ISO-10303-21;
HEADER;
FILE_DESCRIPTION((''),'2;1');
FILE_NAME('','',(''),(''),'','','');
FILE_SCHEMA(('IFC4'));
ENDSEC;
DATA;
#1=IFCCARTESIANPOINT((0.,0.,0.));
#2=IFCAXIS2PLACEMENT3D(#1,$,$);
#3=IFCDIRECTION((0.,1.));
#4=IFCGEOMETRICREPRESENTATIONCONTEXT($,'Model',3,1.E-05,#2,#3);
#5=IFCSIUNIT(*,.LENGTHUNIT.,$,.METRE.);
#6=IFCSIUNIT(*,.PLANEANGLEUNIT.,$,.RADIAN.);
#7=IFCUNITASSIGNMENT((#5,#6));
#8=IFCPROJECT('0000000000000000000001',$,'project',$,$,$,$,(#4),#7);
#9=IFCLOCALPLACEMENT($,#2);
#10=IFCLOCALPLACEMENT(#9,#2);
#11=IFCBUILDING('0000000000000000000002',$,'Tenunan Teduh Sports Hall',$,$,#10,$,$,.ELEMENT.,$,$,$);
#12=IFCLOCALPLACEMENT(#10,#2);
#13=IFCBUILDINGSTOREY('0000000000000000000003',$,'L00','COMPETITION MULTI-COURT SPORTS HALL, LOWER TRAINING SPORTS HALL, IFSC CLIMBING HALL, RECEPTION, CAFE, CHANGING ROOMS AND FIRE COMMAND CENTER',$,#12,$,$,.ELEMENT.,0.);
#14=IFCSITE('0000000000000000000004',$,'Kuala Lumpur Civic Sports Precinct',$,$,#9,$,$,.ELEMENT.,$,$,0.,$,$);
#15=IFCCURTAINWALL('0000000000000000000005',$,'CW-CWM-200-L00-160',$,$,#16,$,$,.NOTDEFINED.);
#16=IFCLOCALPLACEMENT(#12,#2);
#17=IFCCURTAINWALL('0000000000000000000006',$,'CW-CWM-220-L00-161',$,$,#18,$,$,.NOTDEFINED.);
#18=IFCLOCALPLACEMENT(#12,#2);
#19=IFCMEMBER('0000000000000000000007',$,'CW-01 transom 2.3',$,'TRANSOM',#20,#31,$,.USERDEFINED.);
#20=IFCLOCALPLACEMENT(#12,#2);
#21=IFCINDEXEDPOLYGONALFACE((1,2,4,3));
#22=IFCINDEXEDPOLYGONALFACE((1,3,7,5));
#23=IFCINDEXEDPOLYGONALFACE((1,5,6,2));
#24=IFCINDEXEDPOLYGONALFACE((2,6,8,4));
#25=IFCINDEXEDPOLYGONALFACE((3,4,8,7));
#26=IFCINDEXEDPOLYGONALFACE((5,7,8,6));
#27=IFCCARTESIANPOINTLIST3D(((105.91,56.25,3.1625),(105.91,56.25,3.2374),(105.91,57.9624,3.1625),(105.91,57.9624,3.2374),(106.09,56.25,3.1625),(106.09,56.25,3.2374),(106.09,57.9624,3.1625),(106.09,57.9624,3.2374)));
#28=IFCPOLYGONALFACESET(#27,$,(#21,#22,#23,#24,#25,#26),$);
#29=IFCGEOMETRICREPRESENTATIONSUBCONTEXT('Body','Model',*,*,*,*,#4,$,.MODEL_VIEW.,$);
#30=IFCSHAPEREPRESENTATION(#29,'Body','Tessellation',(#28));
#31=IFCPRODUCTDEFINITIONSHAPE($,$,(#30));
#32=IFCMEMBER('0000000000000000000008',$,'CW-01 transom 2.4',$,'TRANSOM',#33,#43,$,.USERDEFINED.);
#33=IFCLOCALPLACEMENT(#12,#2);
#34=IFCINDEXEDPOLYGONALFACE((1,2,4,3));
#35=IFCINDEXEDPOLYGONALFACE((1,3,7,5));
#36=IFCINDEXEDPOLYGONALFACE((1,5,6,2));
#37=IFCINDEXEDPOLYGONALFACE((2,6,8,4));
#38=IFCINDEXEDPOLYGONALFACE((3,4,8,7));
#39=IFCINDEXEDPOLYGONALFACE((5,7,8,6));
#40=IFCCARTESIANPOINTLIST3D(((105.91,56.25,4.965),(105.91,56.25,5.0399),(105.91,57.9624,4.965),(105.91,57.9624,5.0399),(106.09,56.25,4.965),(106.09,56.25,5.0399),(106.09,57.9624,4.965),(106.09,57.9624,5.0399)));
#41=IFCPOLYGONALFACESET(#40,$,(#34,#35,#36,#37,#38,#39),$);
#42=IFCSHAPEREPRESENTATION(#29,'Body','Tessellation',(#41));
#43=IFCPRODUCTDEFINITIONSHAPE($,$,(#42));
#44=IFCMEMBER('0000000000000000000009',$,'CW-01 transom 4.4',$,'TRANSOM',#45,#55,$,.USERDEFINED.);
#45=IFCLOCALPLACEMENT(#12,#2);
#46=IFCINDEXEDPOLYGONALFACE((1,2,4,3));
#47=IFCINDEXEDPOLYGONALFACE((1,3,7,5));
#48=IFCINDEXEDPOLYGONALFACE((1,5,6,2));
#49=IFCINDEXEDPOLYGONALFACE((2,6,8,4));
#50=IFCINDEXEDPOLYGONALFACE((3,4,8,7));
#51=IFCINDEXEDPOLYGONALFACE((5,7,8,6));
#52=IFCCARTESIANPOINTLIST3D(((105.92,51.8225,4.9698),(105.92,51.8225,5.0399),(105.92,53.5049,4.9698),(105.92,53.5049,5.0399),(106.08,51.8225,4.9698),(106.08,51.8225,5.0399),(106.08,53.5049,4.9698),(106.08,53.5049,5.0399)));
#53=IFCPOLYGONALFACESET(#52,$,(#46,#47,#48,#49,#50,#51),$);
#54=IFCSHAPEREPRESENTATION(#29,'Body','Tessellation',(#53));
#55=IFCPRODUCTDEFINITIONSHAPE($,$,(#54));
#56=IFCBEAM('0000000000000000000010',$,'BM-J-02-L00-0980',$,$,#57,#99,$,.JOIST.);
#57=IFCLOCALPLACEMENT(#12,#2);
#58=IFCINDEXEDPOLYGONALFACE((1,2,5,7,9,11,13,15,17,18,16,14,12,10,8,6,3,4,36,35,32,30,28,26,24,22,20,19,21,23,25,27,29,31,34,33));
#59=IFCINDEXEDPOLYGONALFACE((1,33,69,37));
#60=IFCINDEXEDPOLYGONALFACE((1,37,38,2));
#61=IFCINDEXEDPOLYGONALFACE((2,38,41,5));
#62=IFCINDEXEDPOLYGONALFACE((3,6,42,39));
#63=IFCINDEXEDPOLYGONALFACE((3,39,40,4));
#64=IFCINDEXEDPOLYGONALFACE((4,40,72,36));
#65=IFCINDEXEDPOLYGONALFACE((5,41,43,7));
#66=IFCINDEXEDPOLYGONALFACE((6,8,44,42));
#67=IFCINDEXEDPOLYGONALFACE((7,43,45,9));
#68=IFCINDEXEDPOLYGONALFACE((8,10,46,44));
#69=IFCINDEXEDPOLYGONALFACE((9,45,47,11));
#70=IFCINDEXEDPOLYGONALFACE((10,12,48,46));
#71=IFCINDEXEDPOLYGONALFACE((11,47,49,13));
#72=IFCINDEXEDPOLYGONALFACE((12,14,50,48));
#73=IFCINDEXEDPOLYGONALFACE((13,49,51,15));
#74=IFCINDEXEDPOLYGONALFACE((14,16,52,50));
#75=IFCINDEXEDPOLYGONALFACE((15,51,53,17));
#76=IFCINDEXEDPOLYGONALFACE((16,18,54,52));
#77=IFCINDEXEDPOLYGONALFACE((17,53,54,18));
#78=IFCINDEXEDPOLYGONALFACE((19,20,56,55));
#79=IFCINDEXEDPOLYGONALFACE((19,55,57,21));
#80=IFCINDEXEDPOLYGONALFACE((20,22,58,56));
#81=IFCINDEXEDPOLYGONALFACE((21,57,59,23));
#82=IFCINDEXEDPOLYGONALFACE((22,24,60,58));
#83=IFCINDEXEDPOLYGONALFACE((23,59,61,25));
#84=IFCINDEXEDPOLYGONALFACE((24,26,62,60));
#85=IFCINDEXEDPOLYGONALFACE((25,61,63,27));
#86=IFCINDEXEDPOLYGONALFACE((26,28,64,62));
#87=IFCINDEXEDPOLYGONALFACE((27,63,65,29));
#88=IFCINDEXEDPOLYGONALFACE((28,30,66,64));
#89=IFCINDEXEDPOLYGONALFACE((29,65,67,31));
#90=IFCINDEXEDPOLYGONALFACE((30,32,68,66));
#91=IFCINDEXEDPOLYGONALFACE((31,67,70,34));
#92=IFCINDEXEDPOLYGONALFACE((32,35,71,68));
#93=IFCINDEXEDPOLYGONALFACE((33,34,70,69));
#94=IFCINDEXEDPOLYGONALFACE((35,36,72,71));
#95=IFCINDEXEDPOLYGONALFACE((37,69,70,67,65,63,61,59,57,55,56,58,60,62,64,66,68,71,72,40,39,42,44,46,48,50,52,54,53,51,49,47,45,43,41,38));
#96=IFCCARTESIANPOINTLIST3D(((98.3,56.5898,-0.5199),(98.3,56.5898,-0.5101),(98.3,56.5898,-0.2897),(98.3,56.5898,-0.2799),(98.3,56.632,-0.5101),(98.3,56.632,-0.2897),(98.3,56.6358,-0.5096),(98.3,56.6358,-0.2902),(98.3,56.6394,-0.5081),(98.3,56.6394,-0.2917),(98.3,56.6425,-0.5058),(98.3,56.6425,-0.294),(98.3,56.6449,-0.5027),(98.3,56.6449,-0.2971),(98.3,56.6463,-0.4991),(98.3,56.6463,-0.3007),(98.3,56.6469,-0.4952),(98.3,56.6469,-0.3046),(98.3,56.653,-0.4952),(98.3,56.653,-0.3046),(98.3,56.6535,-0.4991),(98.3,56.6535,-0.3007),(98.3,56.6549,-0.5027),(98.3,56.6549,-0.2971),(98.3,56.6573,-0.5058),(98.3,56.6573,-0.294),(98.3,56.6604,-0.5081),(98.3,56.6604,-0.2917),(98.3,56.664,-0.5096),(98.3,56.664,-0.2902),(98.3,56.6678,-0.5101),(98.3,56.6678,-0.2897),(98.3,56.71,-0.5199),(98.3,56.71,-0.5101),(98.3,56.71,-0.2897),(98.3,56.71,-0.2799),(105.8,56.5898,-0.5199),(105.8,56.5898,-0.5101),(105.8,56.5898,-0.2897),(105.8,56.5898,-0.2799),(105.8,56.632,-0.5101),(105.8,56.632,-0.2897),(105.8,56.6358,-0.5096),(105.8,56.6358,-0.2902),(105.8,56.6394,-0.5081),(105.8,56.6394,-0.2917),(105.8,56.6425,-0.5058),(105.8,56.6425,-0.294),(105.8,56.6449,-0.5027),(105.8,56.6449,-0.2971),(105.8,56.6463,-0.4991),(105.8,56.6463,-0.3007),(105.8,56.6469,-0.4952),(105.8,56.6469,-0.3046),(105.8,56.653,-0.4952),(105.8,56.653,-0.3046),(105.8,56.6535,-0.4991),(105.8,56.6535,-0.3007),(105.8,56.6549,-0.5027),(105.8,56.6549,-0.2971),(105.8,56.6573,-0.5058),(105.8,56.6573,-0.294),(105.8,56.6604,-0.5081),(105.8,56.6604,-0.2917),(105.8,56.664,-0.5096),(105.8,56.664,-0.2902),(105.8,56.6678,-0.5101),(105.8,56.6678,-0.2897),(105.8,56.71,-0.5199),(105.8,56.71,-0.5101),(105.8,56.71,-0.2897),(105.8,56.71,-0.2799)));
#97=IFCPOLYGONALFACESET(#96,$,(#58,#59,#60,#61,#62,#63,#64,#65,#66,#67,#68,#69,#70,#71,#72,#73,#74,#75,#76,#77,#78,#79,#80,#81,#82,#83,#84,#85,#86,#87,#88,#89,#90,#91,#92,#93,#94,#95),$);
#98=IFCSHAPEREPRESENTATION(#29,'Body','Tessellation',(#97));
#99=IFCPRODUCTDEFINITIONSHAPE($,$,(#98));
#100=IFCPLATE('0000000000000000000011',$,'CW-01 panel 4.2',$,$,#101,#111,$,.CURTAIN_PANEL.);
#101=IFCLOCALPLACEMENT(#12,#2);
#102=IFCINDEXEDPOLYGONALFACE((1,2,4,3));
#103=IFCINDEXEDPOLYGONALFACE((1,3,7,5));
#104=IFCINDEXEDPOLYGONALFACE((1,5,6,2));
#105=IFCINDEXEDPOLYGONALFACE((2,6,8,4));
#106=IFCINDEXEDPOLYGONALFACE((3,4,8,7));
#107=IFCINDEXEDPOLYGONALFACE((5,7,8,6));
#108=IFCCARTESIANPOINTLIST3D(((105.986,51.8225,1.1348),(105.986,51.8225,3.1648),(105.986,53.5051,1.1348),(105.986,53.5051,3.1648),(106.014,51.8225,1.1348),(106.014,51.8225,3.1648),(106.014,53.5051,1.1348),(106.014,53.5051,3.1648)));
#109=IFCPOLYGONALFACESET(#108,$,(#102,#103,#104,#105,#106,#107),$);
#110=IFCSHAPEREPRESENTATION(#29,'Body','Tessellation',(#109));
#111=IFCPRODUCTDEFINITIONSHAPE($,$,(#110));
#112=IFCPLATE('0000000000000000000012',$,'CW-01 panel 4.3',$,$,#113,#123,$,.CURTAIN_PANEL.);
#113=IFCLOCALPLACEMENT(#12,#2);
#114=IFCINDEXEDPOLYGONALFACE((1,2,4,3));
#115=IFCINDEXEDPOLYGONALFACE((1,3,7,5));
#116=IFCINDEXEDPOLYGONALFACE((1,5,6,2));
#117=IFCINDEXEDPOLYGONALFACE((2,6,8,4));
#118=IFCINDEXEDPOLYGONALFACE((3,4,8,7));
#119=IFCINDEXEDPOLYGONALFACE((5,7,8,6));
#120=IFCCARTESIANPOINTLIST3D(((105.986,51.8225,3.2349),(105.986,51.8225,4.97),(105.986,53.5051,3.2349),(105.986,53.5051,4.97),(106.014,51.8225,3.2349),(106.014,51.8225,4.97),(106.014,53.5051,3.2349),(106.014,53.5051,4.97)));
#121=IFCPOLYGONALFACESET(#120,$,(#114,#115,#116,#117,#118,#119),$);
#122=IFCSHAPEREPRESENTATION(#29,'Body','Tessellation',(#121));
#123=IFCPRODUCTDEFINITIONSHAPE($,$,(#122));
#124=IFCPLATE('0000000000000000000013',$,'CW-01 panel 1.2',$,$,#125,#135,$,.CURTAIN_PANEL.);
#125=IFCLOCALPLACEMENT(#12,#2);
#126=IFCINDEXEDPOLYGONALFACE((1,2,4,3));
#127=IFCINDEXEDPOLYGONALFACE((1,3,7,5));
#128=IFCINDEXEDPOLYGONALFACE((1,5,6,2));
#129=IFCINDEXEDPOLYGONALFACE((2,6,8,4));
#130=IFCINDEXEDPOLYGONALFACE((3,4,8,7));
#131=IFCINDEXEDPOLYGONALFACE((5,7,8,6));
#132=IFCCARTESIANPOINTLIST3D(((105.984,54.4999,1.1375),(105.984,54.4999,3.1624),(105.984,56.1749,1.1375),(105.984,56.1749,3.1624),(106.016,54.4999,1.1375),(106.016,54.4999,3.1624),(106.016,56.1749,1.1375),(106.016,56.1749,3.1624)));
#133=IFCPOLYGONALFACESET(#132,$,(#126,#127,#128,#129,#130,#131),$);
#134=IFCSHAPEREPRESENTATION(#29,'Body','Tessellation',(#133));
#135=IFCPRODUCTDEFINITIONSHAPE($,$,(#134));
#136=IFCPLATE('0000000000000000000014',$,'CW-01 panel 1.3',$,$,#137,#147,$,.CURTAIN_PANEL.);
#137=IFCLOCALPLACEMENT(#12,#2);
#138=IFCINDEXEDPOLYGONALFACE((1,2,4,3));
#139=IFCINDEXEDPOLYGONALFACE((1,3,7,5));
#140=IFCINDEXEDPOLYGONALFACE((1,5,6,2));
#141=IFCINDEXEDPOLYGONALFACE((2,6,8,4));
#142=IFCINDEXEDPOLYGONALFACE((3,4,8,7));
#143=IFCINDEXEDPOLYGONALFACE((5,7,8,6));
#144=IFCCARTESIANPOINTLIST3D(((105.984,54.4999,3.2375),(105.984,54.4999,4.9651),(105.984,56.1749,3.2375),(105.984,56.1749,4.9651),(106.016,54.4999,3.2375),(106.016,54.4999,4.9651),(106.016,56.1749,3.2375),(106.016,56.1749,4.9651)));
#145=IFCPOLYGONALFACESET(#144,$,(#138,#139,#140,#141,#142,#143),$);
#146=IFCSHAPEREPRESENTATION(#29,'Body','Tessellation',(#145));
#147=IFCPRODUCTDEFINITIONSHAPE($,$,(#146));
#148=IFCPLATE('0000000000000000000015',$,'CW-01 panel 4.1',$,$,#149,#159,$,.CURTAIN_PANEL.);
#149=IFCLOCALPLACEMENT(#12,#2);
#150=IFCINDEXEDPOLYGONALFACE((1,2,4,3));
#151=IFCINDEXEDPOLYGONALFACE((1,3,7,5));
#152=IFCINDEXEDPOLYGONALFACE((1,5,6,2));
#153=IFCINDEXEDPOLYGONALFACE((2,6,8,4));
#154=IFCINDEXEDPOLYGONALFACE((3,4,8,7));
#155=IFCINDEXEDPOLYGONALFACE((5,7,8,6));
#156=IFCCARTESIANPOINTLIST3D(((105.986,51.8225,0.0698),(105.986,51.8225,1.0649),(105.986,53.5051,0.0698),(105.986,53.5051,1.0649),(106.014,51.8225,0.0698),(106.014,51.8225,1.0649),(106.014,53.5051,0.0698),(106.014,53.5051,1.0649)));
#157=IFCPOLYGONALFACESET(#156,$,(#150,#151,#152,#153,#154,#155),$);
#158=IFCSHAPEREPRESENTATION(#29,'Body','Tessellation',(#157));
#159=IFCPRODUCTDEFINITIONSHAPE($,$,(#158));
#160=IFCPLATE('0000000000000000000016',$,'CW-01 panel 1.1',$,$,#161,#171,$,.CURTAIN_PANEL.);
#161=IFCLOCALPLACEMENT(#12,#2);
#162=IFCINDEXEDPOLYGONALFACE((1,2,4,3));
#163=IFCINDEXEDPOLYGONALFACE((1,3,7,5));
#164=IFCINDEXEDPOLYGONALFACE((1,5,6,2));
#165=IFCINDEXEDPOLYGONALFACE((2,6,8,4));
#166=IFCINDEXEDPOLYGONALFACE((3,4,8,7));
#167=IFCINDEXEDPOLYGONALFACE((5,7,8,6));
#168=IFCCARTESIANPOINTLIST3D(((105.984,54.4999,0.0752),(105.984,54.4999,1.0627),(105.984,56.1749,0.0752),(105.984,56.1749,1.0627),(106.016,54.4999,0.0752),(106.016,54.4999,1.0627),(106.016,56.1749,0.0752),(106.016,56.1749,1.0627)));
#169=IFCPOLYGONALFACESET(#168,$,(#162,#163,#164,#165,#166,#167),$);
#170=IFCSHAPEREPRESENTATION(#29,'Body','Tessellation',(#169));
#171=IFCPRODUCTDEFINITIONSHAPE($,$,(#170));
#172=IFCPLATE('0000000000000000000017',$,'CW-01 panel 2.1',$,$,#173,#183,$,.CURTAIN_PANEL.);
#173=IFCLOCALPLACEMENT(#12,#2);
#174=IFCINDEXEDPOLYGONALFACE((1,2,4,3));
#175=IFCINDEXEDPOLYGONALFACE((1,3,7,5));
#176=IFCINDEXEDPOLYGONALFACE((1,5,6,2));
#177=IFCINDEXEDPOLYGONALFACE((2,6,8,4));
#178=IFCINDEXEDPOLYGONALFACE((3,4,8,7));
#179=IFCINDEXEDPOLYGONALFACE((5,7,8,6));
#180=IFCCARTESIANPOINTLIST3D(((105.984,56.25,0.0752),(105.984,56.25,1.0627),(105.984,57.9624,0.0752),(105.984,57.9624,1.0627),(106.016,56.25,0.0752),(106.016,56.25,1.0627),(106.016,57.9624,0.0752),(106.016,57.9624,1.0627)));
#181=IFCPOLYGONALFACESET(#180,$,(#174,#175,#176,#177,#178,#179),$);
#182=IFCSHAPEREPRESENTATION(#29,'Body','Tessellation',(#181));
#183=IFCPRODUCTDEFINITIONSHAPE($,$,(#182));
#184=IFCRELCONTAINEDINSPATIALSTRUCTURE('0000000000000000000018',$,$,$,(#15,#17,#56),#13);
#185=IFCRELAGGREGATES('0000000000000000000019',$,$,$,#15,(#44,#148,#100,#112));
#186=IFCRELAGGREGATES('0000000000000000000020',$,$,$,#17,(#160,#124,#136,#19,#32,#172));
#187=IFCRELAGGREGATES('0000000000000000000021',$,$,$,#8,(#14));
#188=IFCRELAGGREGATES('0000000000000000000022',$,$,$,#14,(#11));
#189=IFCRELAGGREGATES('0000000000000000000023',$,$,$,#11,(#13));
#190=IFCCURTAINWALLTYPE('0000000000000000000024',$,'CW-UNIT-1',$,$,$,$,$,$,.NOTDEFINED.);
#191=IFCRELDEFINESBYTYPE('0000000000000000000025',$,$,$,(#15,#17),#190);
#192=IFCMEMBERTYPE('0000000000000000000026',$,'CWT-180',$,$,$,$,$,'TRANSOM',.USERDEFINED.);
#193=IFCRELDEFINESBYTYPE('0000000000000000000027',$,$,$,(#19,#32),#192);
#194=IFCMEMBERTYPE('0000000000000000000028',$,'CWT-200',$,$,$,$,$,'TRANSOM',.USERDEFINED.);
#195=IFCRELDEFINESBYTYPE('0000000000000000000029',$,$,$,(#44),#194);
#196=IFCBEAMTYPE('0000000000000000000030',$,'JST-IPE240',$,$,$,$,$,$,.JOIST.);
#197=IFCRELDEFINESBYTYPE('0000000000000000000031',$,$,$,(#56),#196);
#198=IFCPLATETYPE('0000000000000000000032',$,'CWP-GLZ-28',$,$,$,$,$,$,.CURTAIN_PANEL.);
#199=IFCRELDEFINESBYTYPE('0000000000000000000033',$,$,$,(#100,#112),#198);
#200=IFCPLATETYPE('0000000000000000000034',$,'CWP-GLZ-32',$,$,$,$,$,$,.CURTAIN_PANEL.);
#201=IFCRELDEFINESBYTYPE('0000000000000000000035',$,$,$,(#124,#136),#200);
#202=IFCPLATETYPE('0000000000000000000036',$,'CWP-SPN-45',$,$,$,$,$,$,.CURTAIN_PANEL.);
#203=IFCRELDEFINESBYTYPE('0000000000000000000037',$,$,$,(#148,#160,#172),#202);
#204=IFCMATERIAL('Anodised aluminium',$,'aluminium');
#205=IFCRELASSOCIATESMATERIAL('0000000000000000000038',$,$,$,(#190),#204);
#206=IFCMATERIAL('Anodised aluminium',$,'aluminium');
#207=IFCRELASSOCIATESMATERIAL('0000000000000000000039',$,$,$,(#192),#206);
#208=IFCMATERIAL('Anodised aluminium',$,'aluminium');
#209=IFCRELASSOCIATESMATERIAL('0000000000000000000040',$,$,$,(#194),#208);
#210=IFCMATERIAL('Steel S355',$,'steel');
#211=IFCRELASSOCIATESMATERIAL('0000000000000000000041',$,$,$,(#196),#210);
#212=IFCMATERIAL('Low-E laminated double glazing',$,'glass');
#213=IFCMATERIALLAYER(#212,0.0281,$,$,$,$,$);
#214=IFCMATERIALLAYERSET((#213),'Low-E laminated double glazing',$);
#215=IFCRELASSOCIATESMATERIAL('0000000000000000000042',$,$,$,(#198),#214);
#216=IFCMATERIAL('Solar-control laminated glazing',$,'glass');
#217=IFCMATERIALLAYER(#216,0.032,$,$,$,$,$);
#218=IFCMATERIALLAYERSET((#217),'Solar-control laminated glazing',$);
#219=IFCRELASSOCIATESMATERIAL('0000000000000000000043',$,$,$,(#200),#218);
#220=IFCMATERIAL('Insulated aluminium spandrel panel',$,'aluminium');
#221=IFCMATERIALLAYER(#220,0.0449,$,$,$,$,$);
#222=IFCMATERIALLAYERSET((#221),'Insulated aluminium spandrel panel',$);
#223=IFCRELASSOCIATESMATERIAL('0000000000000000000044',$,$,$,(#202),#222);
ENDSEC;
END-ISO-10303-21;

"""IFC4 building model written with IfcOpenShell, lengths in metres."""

from ifc_helpers import new_model, si_unit, direction, frame, origin, origin_2d, place, context, subcontext, project, spatial, rectangle, i_section, extrude, material, layer, layer_set, material_profile, profile_set, type_object, element, aggregate, save


model = new_model("IFC4")

# Units and contexts
model_context = context("Model", 3, precision=1e-05, world=origin(), true_north=direction((0.0, 1.0)))
body_context = subcontext(model_context, "Body", "Model", "MODEL_VIEW")
ifc_project = project(units=[si_unit("LENGTHUNIT", "METRE"), si_unit("PLANEANGLEUNIT", "RADIAN")], contexts=[model_context])

# Site, building, storey
site_placement = place(None, origin())
site = spatial("IfcSite", under=ifc_project, at=site_placement, Name="Kuala Lumpur Civic Sports Precinct", CompositionType="ELEMENT", RefElevation=0.0)
building_placement = place(site_placement, origin())
building = spatial("IfcBuilding", under=site, at=building_placement, Name="Tenunan Teduh Sports Hall", CompositionType="ELEMENT")
storey_placement = place(building_placement, origin())
storey = spatial("IfcBuildingStorey", under=building, at=storey_placement, Name="L00", Description="COMPETITION MULTI-COURT SPORTS HALL, LOWER TRAINING SPORTS HALL, IFSC CLIMBING HALL, RECEPTION, CAFE, CHANGING ROOMS AND FIRE COMMAND CENTER", CompositionType="ELEMENT", Elevation=0.0)

# Curtain wall
ifc_material_1 = material(Name="Anodised aluminium", Category="aluminium")
curtain_wall_type = type_object("IfcCurtainWallType", Name="CW-UNIT-1", PredefinedType="NOTDEFINED", material=ifc_material_1)
curtain_wall_1_placement = place(storey_placement, origin())
curtain_wall_1 = element("IfcCurtainWall", 1, at=curtain_wall_1_placement, inside=storey, type_object=curtain_wall_type, Name="CW-CWM-200-L00-160", PredefinedType="NOTDEFINED")

# Curtain wall, members
curtain_wall_2_placement = place(storey_placement, origin())
curtain_wall_2 = element("IfcCurtainWall", 2, at=curtain_wall_2_placement, inside=storey, type_object=curtain_wall_type, Name="CW-CWM-220-L00-161", PredefinedType="NOTDEFINED")
ifc_material_2 = material(Name="Anodised aluminium", Category="aluminium")
ifc_material_profile_1 = material_profile(ifc_material_2, rectangle(XDim=0.075, YDim=0.1799, at=origin_2d()), Name="CWT 75x180")
ifc_profile_set_1 = profile_set([ifc_material_profile_1], Name="Anodised aluminium")
member_type_1 = type_object("IfcMemberType", Name="CWT-180", ElementType="TRANSOM", PredefinedType="USERDEFINED", material=ifc_profile_set_1)
member_1_placement = place(storey_placement, frame((106.0, 56.25, 3.2), z_axis=(0.0, 1.0, 0.0), x_axis=(0.0, 0.0, 1.0)))
member_1 = element("IfcMember", 3, at=member_1_placement, type_object=member_type_1, Name="CW-01 transom 2.3", ObjectType="TRANSOM", PredefinedType="USERDEFINED", context=body_context, shape_type="SweptSolid", body=[
    extrude(rectangle(XDim=0.075, YDim=0.1799, at=origin_2d()), origin(), (0.0, 0.0, 1.0), 1.7124),
])
member_2_placement = place(storey_placement, frame((106.0, 56.25, 5.0024), z_axis=(0.0, 1.0, 0.0), x_axis=(0.0, 0.0, 1.0)))
member_2 = element("IfcMember", 4, at=member_2_placement, type_object=member_type_1, Name="CW-01 transom 2.4", ObjectType="TRANSOM", PredefinedType="USERDEFINED", context=body_context, shape_type="SweptSolid", body=[
    extrude(rectangle(XDim=0.075, YDim=0.1799, at=origin_2d()), origin(), (0.0, 0.0, 1.0), 1.7124),
])

# Member
ifc_material_3 = material(Name="Anodised aluminium", Category="aluminium")
ifc_material_profile_2 = material_profile(ifc_material_3, rectangle(XDim=0.0701, YDim=0.1599, at=origin_2d()), Name="CWT 70x160")
ifc_profile_set_2 = profile_set([ifc_material_profile_2], Name="Anodised aluminium")
member_type_2 = type_object("IfcMemberType", Name="CWT-200", ElementType="TRANSOM", PredefinedType="USERDEFINED", material=ifc_profile_set_2)
member_3_placement = place(storey_placement, frame((106.0, 51.8225, 5.0049), z_axis=(0.0, 1.0, 0.0), x_axis=(0.0, 0.0, 1.0)))
member_3 = element("IfcMember", 5, at=member_3_placement, type_object=member_type_2, Name="CW-01 transom 4.4", ObjectType="TRANSOM", PredefinedType="USERDEFINED", context=body_context, shape_type="SweptSolid", body=[
    extrude(rectangle(XDim=0.0701, YDim=0.1599, at=origin_2d()), origin(), (0.0, 0.0, 1.0), 1.6824),
])

# Beam
ifc_material_4 = material(Name="Steel S355", Category="steel")
ifc_material_profile_3 = material_profile(ifc_material_4, i_section(OverallWidth=0.1201, OverallDepth=0.24, WebThickness=0.0061, FlangeThickness=0.0098, FilletRadius=0.0149, at=origin_2d()), Name="IPE 240")
ifc_profile_set_3 = profile_set([ifc_material_profile_3], Name="Steel S355")
beam_type_1 = type_object("IfcBeamType", Name="JST-IPE240", PredefinedType="JOIST", material=ifc_profile_set_3)
beam_1_placement = place(storey_placement, frame((98.3, 56.6499, -0.3999), z_axis=(1.0, 0.0, 0.0), x_axis=(0.0, 1.0, 0.0)))
element("IfcBeam", 6, at=beam_1_placement, inside=storey, type_object=beam_type_1, Name="BM-J-02-L00-0980", PredefinedType="JOIST", context=body_context, shape_type="SweptSolid", body=[
    extrude(i_section(OverallWidth=0.1201, OverallDepth=0.24, WebThickness=0.0061, FlangeThickness=0.0098, FilletRadius=0.0149, at=origin_2d()), origin(), (0.0, 0.0, 1.0), 7.5),
])

# Plates
ifc_material_5 = material(Name="Low-E laminated double glazing", Category="glass")
ifc_layer_1 = layer(ifc_material_5, 0.0281)
ifc_layer_set_1 = layer_set([ifc_layer_1], Name="Low-E laminated double glazing")
plate_type_1 = type_object("IfcPlateType", Name="CWP-GLZ-28", PredefinedType="CURTAIN_PANEL", material=ifc_layer_set_1)
plate_1_placement = place(storey_placement, frame((106.0, 52.6638, 1.1348), z_axis=(0.0, 0.0, 1.0), x_axis=(0.0, 1.0, 0.0)))
plate_1 = element("IfcPlate", 7, at=plate_1_placement, type_object=plate_type_1, Name="CW-01 panel 4.2", PredefinedType="CURTAIN_PANEL", context=body_context, shape_type="SweptSolid", body=[
    extrude(rectangle(XDim=1.6826, YDim=0.0281, at=origin_2d()), origin(), (0.0, 0.0, 1.0), 2.03),
])
plate_2_placement = place(storey_placement, frame((106.0, 52.6638, 3.2349), z_axis=(0.0, 0.0, 1.0), x_axis=(0.0, 1.0, 0.0)))
plate_2 = element("IfcPlate", 8, at=plate_2_placement, type_object=plate_type_1, Name="CW-01 panel 4.3", PredefinedType="CURTAIN_PANEL", context=body_context, shape_type="SweptSolid", body=[
    extrude(rectangle(XDim=1.6826, YDim=0.0281, at=origin_2d()), origin(), (0.0, 0.0, 1.0), 1.7351),
])
ifc_material_6 = material(Name="Solar-control laminated glazing", Category="glass")
ifc_layer_2 = layer(ifc_material_6, 0.032)
ifc_layer_set_2 = layer_set([ifc_layer_2], Name="Solar-control laminated glazing")
plate_type_2 = type_object("IfcPlateType", Name="CWP-GLZ-32", PredefinedType="CURTAIN_PANEL", material=ifc_layer_set_2)
plate_3_placement = place(storey_placement, frame((106.0, 55.3374, 1.1375), z_axis=(0.0, 0.0, 1.0), x_axis=(0.0, 1.0, 0.0)))
plate_3 = element("IfcPlate", 9, at=plate_3_placement, type_object=plate_type_2, Name="CW-01 panel 1.2", PredefinedType="CURTAIN_PANEL", context=body_context, shape_type="SweptSolid", body=[
    extrude(rectangle(XDim=1.675, YDim=0.032, at=origin_2d()), origin(), (0.0, 0.0, 1.0), 2.0249),
])
plate_4_placement = place(storey_placement, frame((106.0, 55.3374, 3.2375), z_axis=(0.0, 0.0, 1.0), x_axis=(0.0, 1.0, 0.0)))
plate_4 = element("IfcPlate", 10, at=plate_4_placement, type_object=plate_type_2, Name="CW-01 panel 1.3", PredefinedType="CURTAIN_PANEL", context=body_context, shape_type="SweptSolid", body=[
    extrude(rectangle(XDim=1.675, YDim=0.032, at=origin_2d()), origin(), (0.0, 0.0, 1.0), 1.7275),
])
ifc_material_7 = material(Name="Insulated aluminium spandrel panel", Category="aluminium")
ifc_layer_3 = layer(ifc_material_7, 0.0449)
ifc_layer_set_3 = layer_set([ifc_layer_3], Name="Insulated aluminium spandrel panel")
plate_type_3 = type_object("IfcPlateType", Name="CWP-SPN-45", PredefinedType="CURTAIN_PANEL", material=ifc_layer_set_3)
plate_5_placement = place(storey_placement, frame((106.0, 52.6638, 0.0698), z_axis=(0.0, 0.0, 1.0), x_axis=(0.0, 1.0, 0.0)))
plate_5 = element("IfcPlate", 11, at=plate_5_placement, type_object=plate_type_3, Name="CW-01 panel 4.1", PredefinedType="CURTAIN_PANEL", context=body_context, shape_type="SweptSolid", body=[
    extrude(rectangle(XDim=1.6826, YDim=0.0281, at=origin_2d()), origin(), (0.0, 0.0, 1.0), 0.9951),
])
aggregate(curtain_wall_1, [member_3, plate_5, plate_1, plate_2])
plate_6_placement = place(storey_placement, frame((106.0, 55.3374, 0.0752), z_axis=(0.0, 0.0, 1.0), x_axis=(0.0, 1.0, 0.0)))
plate_6 = element("IfcPlate", 12, at=plate_6_placement, type_object=plate_type_3, Name="CW-01 panel 1.1", PredefinedType="CURTAIN_PANEL", context=body_context, shape_type="SweptSolid", body=[
    extrude(rectangle(XDim=1.675, YDim=0.032, at=origin_2d()), origin(), (0.0, 0.0, 1.0), 0.9875),
])
plate_7_placement = place(storey_placement, frame((106.0, 57.1062, 0.0752), z_axis=(0.0, 0.0, 1.0), x_axis=(0.0, 1.0, 0.0)))
plate_7 = element("IfcPlate", 13, at=plate_7_placement, type_object=plate_type_3, Name="CW-01 panel 2.1", PredefinedType="CURTAIN_PANEL", context=body_context, shape_type="SweptSolid", body=[
    extrude(rectangle(XDim=1.7124, YDim=0.032, at=origin_2d()), origin(), (0.0, 0.0, 1.0), 0.9875),
])
aggregate(curtain_wall_2, [plate_6, plate_3, plate_4, member_1, member_2, plate_7])

save(model, "model.ifc")
